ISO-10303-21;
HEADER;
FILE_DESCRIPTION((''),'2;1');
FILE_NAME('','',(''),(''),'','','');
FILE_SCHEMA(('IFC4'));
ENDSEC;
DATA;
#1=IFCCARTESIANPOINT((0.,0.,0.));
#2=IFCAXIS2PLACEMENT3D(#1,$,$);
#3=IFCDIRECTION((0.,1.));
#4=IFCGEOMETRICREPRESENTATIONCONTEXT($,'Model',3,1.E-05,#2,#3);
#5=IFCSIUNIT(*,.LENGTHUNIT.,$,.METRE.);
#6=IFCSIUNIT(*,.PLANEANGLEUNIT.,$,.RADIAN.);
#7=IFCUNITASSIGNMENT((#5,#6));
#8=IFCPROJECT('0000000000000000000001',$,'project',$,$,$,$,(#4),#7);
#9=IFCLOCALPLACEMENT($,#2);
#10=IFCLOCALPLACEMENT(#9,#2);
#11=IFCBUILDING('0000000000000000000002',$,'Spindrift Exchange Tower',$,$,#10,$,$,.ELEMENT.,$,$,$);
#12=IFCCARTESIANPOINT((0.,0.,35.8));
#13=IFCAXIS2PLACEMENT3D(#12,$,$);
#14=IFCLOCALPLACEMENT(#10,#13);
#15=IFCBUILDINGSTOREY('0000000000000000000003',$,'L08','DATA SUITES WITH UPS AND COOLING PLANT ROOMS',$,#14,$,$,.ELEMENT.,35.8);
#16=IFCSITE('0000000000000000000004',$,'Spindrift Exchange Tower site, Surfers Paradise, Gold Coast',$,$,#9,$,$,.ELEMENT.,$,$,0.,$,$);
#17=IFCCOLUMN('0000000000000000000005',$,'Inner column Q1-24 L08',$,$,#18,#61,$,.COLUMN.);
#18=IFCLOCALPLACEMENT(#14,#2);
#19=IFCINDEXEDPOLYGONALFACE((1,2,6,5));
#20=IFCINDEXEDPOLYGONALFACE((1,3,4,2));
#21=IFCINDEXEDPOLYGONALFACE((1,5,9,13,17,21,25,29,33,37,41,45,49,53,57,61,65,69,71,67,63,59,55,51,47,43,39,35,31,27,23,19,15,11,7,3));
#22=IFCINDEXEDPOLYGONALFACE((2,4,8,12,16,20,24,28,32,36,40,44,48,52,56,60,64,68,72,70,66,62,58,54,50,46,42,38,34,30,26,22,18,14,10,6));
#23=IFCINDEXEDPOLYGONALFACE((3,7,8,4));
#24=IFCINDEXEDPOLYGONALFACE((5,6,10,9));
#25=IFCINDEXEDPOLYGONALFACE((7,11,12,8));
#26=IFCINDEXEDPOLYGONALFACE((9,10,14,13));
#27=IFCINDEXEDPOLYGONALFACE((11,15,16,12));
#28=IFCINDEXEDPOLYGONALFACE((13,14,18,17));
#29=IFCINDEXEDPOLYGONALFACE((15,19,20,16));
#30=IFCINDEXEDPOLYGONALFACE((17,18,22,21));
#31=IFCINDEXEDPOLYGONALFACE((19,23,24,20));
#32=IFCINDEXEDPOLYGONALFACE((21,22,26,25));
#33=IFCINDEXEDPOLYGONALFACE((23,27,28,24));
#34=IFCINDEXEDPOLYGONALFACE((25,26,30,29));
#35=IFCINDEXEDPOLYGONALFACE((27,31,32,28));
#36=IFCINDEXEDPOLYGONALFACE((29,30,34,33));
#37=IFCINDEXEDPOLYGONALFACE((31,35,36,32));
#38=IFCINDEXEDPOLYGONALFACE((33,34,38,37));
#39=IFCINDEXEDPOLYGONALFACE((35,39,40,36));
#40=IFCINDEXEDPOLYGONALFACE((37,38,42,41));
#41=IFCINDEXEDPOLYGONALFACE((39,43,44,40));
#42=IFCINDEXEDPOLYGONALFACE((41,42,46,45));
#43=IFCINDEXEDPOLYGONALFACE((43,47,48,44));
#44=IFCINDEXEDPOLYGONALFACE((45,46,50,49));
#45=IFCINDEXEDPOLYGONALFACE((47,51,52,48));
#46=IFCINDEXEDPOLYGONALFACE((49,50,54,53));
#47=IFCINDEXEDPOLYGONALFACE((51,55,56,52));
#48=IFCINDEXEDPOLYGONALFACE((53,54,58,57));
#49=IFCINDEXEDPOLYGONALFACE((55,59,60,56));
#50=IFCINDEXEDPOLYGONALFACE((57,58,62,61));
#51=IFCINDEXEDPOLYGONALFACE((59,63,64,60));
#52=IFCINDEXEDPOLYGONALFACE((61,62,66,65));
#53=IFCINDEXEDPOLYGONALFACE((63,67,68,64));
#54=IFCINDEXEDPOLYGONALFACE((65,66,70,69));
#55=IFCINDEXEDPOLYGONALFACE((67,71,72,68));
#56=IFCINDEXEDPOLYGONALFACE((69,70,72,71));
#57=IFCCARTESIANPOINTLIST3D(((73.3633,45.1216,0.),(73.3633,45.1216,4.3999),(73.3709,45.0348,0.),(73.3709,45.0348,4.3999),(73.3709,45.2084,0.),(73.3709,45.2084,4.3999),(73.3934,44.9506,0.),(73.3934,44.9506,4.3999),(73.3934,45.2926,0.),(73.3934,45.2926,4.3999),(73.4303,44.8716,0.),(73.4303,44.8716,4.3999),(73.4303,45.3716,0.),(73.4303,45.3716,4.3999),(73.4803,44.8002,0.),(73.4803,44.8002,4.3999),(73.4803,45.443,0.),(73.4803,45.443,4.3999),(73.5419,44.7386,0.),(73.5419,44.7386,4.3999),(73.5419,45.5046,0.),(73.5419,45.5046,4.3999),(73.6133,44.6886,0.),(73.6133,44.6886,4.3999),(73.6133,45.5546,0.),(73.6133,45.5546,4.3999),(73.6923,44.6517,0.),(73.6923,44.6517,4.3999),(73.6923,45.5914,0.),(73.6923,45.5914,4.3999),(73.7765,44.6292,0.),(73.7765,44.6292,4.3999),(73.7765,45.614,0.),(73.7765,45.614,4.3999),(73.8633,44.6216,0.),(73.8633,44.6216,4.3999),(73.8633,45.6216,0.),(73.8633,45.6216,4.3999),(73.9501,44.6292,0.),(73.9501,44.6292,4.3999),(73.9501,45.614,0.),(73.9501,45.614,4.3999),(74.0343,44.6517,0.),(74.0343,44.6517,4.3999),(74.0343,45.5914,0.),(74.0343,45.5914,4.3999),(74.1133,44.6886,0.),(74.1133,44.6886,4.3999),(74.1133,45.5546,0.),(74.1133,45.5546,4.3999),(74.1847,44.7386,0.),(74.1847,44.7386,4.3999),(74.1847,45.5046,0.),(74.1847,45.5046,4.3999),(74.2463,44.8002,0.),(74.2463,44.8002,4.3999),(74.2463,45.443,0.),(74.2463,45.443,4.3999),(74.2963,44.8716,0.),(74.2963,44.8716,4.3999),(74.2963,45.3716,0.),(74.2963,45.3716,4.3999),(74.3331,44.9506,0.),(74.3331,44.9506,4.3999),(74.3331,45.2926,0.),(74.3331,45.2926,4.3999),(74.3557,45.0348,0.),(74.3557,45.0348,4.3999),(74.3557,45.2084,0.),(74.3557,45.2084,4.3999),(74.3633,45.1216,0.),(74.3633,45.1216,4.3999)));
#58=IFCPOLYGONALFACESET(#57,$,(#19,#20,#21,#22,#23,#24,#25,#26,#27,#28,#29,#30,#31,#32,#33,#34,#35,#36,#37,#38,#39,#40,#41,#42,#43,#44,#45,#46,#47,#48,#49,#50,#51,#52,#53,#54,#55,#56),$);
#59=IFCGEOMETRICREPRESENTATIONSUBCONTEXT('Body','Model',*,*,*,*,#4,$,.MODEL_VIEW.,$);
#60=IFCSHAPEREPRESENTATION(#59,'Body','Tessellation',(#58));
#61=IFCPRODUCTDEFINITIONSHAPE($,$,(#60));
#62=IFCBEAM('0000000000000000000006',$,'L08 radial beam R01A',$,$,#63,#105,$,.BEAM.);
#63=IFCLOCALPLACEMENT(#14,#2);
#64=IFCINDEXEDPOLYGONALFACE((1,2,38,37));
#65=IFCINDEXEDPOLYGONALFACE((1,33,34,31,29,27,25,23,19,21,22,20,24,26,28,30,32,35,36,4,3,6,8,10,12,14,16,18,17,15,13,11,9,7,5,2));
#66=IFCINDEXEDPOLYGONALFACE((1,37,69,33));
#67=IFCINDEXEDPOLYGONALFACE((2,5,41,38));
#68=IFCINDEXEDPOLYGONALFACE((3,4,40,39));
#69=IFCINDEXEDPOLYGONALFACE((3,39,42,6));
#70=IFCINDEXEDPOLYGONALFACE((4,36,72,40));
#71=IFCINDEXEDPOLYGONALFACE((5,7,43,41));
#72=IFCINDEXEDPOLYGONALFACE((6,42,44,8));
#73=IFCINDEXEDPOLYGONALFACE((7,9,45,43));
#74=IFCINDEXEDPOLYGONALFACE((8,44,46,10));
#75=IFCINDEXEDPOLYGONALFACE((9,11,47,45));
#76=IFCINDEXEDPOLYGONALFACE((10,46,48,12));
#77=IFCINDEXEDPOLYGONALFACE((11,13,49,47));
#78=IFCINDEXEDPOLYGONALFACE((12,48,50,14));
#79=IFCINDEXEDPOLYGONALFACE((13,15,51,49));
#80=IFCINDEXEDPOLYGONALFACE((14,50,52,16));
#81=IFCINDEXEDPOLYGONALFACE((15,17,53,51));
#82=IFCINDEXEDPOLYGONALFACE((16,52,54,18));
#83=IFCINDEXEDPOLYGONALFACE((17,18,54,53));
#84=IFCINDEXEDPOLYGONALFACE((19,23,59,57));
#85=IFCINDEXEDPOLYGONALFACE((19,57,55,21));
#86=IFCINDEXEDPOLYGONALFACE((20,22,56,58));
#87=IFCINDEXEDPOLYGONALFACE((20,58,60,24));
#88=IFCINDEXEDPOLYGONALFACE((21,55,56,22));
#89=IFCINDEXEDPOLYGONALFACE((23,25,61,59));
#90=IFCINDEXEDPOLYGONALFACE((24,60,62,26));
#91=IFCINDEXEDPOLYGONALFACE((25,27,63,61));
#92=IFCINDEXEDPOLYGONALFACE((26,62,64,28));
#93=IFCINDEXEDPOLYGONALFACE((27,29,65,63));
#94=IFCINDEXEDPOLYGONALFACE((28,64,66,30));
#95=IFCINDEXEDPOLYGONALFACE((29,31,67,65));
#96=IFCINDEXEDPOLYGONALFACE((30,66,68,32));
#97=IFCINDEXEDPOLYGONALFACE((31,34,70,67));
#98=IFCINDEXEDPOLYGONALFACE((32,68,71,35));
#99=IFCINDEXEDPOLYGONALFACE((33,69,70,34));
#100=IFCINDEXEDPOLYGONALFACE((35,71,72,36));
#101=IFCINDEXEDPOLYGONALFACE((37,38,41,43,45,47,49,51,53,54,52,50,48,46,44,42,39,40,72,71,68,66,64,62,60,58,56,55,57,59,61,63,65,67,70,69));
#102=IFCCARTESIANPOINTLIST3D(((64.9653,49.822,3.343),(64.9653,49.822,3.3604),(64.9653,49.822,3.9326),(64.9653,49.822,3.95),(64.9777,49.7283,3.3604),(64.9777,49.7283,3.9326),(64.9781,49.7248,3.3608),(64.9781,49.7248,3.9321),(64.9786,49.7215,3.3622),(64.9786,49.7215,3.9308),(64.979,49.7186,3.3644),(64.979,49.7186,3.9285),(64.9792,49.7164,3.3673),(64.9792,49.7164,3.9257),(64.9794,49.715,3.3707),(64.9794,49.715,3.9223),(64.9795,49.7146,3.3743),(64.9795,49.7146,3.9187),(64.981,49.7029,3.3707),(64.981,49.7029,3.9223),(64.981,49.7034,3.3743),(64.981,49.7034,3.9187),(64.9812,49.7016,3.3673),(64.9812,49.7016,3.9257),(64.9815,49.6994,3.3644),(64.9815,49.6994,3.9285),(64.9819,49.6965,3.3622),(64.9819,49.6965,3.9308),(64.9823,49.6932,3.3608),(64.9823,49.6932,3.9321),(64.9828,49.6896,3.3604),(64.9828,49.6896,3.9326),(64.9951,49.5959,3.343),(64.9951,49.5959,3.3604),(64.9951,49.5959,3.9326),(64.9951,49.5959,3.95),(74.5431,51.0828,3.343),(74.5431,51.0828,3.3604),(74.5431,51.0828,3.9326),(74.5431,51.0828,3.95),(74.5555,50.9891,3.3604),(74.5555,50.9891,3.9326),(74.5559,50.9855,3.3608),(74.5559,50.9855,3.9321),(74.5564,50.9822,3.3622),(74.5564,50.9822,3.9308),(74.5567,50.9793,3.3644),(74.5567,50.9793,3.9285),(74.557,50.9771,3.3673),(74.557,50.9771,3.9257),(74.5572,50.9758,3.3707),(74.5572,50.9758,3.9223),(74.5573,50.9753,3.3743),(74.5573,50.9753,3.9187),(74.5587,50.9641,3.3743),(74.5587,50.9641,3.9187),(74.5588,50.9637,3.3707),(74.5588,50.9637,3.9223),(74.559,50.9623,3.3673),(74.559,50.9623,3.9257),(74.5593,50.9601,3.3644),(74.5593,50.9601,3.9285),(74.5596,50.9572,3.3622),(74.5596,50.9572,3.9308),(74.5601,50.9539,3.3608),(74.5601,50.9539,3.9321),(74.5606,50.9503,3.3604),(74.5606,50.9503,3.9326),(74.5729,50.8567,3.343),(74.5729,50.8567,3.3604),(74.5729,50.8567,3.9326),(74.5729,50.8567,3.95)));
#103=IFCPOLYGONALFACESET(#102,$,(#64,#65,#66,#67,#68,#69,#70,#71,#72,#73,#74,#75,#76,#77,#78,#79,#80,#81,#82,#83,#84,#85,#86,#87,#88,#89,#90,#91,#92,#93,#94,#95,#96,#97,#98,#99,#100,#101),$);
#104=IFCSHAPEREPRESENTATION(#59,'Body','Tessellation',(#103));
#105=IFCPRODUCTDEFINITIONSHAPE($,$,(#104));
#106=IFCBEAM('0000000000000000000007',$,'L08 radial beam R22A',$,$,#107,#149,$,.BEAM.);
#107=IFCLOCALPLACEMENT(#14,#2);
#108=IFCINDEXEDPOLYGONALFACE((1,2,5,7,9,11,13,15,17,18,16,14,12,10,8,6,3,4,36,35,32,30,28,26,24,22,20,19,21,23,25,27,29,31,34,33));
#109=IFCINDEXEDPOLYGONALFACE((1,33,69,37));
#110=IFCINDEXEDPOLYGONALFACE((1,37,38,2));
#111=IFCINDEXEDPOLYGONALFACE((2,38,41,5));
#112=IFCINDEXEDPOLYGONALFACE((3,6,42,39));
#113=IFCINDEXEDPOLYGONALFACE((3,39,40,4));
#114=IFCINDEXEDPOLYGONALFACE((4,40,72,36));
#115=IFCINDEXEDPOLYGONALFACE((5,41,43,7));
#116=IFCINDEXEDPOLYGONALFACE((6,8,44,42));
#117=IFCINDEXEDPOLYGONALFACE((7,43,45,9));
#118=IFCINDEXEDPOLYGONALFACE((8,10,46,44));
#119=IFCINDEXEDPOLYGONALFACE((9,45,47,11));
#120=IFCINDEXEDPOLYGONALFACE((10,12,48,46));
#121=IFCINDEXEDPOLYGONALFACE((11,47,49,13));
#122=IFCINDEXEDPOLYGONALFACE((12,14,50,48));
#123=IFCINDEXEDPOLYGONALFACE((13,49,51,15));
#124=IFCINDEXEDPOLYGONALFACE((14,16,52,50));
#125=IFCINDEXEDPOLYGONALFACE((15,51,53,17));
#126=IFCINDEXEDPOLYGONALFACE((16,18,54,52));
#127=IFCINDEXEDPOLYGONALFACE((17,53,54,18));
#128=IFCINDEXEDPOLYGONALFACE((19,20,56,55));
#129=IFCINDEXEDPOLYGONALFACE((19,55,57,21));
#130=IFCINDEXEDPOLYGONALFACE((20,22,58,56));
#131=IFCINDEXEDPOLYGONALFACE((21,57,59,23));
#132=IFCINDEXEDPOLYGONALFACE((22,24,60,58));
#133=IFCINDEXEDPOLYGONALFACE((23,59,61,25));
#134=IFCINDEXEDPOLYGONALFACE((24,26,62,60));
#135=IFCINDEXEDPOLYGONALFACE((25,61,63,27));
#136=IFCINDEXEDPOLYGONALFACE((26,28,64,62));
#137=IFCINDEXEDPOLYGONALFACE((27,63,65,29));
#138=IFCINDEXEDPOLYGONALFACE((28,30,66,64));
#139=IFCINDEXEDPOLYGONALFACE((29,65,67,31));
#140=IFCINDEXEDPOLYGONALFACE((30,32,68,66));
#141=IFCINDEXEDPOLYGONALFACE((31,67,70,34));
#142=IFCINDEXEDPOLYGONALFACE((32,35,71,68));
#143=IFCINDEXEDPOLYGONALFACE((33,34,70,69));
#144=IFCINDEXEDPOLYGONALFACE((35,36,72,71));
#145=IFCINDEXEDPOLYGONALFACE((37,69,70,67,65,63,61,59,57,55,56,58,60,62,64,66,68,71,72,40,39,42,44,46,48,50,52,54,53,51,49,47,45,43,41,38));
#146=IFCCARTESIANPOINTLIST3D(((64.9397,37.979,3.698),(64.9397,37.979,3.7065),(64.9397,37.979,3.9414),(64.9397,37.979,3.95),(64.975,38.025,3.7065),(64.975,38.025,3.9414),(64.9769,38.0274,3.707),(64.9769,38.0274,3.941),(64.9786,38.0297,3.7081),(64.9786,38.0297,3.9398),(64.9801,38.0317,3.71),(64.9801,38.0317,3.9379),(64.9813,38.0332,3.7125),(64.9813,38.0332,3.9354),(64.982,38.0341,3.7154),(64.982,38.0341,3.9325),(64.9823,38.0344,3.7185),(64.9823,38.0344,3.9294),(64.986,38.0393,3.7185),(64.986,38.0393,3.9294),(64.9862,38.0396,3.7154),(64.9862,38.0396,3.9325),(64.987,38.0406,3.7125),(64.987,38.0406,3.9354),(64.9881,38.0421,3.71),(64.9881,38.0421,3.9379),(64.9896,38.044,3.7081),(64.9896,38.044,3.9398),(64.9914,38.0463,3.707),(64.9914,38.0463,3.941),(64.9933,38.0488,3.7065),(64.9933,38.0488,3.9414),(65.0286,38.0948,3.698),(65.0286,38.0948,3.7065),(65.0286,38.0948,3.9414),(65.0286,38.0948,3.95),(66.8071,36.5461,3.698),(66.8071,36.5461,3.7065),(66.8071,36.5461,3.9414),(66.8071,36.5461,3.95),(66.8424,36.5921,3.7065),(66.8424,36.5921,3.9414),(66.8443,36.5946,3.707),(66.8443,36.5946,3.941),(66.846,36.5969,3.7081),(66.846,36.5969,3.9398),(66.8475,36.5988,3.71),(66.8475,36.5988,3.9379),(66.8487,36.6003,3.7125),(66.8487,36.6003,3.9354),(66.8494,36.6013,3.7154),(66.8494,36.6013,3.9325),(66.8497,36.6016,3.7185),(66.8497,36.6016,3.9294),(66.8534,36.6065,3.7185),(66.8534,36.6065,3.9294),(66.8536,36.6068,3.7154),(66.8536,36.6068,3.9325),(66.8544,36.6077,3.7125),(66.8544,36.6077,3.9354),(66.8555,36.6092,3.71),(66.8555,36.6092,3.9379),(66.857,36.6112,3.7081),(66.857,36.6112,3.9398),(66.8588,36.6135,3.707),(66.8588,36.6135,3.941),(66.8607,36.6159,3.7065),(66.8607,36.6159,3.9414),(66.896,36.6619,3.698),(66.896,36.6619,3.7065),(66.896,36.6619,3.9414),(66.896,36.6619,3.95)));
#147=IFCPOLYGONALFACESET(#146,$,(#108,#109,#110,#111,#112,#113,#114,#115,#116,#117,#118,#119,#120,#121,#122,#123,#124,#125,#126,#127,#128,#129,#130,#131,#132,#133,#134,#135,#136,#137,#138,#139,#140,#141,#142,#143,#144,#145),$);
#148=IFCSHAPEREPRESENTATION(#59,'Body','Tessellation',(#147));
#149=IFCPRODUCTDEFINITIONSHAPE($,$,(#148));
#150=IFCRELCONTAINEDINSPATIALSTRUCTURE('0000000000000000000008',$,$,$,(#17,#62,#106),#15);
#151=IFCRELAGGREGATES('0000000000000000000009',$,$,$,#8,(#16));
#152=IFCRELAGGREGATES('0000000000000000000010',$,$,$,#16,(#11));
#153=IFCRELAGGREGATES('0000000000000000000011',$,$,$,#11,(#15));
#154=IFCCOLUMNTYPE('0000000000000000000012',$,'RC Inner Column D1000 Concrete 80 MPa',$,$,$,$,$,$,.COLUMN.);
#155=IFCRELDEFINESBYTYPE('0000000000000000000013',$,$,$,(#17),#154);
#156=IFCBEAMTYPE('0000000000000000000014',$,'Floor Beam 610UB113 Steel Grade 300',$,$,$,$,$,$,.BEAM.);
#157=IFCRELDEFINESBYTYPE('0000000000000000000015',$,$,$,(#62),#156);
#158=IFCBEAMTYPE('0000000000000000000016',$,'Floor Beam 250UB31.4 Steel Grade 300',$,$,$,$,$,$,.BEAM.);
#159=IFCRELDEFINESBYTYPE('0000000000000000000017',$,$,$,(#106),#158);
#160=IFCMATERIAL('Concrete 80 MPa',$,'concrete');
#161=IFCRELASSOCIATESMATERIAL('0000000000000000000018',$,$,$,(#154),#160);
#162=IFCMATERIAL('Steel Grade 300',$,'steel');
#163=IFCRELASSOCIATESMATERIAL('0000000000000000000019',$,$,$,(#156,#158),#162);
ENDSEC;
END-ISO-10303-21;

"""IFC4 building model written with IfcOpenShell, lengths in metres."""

from ifc_helpers import new_model, si_unit, direction, frame, origin, origin_2d, place, context, subcontext, project, spatial, circle, i_section, extrude, source, transform, mapped, material, material_profile, profile_set, type_object, element, save


model = new_model("IFC4")

# Units and contexts
model_context = context("Model", 3, precision=1e-05, world=origin(), true_north=direction((0.0, 1.0)))
body_context = subcontext(model_context, "Body", "Model", "MODEL_VIEW")
ifc_project = project(units=[si_unit("LENGTHUNIT", "METRE"), si_unit("PLANEANGLEUNIT", "RADIAN")], contexts=[model_context])

# Site, building, storey
site_placement = place(None, origin())
site = spatial("IfcSite", under=ifc_project, at=site_placement, Name="Spindrift Exchange Tower site, Surfers Paradise, Gold Coast", CompositionType="ELEMENT", RefElevation=0.0)
building_placement = place(site_placement, origin())
building = spatial("IfcBuilding", under=site, at=building_placement, Name="Spindrift Exchange Tower", CompositionType="ELEMENT")
storey_placement = place(building_placement, frame((0.0, 0.0, 35.8)))
storey = spatial("IfcBuildingStorey", under=building, at=storey_placement, Name="L08", Description="DATA SUITES WITH UPS AND COOLING PLANT ROOMS", CompositionType="ELEMENT", Elevation=35.8)

# Column
ifc_material_1 = material(Name="Concrete 80 MPa", Category="concrete")
ifc_material_profile_1 = material_profile(ifc_material_1, circle(Radius=0.5, at=origin_2d()), Name="RC D1000")
ifc_profile_set_1 = profile_set([ifc_material_profile_1], Name="Concrete 80 MPa")
column_type_1 = type_object("IfcColumnType", Name="RC Inner Column D1000 Concrete 80 MPa", PredefinedType="COLUMN", material=ifc_profile_set_1)
shared_shape_1 = source(origin(), body_context, "Body", "SweptSolid", [
    extrude(circle(Radius=0.5, at=origin_2d()), origin(), (0.0, 0.0, 1.0), 4.3999),
])
for number, where, z_axis, x_axis, name in (
    (1, (73.8633, 45.1216, 0.0), (0.0, 0.0, 1.0), (1.0, 0.0, 0.0), "Inner column Q1-24 L08"),
):
    element("IfcColumn", number, at=place(storey_placement, frame(where, z_axis=z_axis, x_axis=x_axis)), inside=storey, type_object=column_type_1, Name=name, PredefinedType="COLUMN", context=body_context, shape_type="MappedRepresentation", body=[
        mapped(shared_shape_1, transform((0.0, 0.0, 0.0), scale=1.0)),
    ])

# Beams
ifc_material_2 = material(Name="Steel Grade 300", Category="steel")
ifc_material_profile_2 = material_profile(ifc_material_2, i_section(OverallWidth=0.228, OverallDepth=0.6069, WebThickness=0.0112, FlangeThickness=0.0173, FilletRadius=0.0139, at=origin_2d()), Name="610UB113")
ifc_profile_set_2 = profile_set([ifc_material_profile_2], Name="Steel Grade 300")
beam_type_1 = type_object("IfcBeamType", Name="Floor Beam 610UB113 Steel Grade 300", PredefinedType="BEAM", material=ifc_profile_set_2)
shared_shape_2 = source(origin(), body_context, "Body", "SweptSolid", [
    extrude(i_section(OverallWidth=0.228, OverallDepth=0.6069, WebThickness=0.0112, FlangeThickness=0.0173, FilletRadius=0.0139, at=origin_2d()), origin(), (0.0, 0.0, 1.0), 9.6604),
])
beam_1_placement = place(storey_placement, frame((64.9802, 49.709, 3.6465), z_axis=(0.991448, 0.130505, 0.0), x_axis=(-0.130505, 0.991448, 0.0)))
element("IfcBeam", 2, at=beam_1_placement, inside=storey, type_object=beam_type_1, Name="L08 radial beam R01A", PredefinedType="BEAM", context=body_context, shape_type="MappedRepresentation", body=[
    mapped(shared_shape_2, transform((0.0, 0.0, 0.0), scale=1.0)),
])
ifc_material_profile_3 = material_profile(ifc_material_2, i_section(OverallWidth=0.146, OverallDepth=0.252, WebThickness=0.0061, FlangeThickness=0.0085, FilletRadius=0.012, at=origin_2d()), Name="250UB31.4")
ifc_profile_set_3 = profile_set([ifc_material_profile_3], Name="Steel Grade 300")
beam_type_2 = type_object("IfcBeamType", Name="Floor Beam 250UB31.4 Steel Grade 300", PredefinedType="BEAM", material=ifc_profile_set_3)
shared_shape_3 = source(origin(), body_context, "Body", "SweptSolid", [
    extrude(i_section(OverallWidth=0.146, OverallDepth=0.252, WebThickness=0.0061, FlangeThickness=0.0085, FilletRadius=0.012, at=origin_2d()), origin(), (0.0, 0.0, 1.0), 2.3538),
])
beam_2_placement = place(storey_placement, frame((64.9841, 38.0369, 3.824), z_axis=(0.793368, -0.608743, 0.0), x_axis=(0.608743, 0.793368, 0.0)))
element("IfcBeam", 3, at=beam_2_placement, inside=storey, type_object=beam_type_2, Name="L08 radial beam R22A", PredefinedType="BEAM", context=body_context, shape_type="MappedRepresentation", body=[
    mapped(shared_shape_3, transform((0.0, 0.0, 0.0), scale=1.0)),
])

save(model, "model.ifc")
